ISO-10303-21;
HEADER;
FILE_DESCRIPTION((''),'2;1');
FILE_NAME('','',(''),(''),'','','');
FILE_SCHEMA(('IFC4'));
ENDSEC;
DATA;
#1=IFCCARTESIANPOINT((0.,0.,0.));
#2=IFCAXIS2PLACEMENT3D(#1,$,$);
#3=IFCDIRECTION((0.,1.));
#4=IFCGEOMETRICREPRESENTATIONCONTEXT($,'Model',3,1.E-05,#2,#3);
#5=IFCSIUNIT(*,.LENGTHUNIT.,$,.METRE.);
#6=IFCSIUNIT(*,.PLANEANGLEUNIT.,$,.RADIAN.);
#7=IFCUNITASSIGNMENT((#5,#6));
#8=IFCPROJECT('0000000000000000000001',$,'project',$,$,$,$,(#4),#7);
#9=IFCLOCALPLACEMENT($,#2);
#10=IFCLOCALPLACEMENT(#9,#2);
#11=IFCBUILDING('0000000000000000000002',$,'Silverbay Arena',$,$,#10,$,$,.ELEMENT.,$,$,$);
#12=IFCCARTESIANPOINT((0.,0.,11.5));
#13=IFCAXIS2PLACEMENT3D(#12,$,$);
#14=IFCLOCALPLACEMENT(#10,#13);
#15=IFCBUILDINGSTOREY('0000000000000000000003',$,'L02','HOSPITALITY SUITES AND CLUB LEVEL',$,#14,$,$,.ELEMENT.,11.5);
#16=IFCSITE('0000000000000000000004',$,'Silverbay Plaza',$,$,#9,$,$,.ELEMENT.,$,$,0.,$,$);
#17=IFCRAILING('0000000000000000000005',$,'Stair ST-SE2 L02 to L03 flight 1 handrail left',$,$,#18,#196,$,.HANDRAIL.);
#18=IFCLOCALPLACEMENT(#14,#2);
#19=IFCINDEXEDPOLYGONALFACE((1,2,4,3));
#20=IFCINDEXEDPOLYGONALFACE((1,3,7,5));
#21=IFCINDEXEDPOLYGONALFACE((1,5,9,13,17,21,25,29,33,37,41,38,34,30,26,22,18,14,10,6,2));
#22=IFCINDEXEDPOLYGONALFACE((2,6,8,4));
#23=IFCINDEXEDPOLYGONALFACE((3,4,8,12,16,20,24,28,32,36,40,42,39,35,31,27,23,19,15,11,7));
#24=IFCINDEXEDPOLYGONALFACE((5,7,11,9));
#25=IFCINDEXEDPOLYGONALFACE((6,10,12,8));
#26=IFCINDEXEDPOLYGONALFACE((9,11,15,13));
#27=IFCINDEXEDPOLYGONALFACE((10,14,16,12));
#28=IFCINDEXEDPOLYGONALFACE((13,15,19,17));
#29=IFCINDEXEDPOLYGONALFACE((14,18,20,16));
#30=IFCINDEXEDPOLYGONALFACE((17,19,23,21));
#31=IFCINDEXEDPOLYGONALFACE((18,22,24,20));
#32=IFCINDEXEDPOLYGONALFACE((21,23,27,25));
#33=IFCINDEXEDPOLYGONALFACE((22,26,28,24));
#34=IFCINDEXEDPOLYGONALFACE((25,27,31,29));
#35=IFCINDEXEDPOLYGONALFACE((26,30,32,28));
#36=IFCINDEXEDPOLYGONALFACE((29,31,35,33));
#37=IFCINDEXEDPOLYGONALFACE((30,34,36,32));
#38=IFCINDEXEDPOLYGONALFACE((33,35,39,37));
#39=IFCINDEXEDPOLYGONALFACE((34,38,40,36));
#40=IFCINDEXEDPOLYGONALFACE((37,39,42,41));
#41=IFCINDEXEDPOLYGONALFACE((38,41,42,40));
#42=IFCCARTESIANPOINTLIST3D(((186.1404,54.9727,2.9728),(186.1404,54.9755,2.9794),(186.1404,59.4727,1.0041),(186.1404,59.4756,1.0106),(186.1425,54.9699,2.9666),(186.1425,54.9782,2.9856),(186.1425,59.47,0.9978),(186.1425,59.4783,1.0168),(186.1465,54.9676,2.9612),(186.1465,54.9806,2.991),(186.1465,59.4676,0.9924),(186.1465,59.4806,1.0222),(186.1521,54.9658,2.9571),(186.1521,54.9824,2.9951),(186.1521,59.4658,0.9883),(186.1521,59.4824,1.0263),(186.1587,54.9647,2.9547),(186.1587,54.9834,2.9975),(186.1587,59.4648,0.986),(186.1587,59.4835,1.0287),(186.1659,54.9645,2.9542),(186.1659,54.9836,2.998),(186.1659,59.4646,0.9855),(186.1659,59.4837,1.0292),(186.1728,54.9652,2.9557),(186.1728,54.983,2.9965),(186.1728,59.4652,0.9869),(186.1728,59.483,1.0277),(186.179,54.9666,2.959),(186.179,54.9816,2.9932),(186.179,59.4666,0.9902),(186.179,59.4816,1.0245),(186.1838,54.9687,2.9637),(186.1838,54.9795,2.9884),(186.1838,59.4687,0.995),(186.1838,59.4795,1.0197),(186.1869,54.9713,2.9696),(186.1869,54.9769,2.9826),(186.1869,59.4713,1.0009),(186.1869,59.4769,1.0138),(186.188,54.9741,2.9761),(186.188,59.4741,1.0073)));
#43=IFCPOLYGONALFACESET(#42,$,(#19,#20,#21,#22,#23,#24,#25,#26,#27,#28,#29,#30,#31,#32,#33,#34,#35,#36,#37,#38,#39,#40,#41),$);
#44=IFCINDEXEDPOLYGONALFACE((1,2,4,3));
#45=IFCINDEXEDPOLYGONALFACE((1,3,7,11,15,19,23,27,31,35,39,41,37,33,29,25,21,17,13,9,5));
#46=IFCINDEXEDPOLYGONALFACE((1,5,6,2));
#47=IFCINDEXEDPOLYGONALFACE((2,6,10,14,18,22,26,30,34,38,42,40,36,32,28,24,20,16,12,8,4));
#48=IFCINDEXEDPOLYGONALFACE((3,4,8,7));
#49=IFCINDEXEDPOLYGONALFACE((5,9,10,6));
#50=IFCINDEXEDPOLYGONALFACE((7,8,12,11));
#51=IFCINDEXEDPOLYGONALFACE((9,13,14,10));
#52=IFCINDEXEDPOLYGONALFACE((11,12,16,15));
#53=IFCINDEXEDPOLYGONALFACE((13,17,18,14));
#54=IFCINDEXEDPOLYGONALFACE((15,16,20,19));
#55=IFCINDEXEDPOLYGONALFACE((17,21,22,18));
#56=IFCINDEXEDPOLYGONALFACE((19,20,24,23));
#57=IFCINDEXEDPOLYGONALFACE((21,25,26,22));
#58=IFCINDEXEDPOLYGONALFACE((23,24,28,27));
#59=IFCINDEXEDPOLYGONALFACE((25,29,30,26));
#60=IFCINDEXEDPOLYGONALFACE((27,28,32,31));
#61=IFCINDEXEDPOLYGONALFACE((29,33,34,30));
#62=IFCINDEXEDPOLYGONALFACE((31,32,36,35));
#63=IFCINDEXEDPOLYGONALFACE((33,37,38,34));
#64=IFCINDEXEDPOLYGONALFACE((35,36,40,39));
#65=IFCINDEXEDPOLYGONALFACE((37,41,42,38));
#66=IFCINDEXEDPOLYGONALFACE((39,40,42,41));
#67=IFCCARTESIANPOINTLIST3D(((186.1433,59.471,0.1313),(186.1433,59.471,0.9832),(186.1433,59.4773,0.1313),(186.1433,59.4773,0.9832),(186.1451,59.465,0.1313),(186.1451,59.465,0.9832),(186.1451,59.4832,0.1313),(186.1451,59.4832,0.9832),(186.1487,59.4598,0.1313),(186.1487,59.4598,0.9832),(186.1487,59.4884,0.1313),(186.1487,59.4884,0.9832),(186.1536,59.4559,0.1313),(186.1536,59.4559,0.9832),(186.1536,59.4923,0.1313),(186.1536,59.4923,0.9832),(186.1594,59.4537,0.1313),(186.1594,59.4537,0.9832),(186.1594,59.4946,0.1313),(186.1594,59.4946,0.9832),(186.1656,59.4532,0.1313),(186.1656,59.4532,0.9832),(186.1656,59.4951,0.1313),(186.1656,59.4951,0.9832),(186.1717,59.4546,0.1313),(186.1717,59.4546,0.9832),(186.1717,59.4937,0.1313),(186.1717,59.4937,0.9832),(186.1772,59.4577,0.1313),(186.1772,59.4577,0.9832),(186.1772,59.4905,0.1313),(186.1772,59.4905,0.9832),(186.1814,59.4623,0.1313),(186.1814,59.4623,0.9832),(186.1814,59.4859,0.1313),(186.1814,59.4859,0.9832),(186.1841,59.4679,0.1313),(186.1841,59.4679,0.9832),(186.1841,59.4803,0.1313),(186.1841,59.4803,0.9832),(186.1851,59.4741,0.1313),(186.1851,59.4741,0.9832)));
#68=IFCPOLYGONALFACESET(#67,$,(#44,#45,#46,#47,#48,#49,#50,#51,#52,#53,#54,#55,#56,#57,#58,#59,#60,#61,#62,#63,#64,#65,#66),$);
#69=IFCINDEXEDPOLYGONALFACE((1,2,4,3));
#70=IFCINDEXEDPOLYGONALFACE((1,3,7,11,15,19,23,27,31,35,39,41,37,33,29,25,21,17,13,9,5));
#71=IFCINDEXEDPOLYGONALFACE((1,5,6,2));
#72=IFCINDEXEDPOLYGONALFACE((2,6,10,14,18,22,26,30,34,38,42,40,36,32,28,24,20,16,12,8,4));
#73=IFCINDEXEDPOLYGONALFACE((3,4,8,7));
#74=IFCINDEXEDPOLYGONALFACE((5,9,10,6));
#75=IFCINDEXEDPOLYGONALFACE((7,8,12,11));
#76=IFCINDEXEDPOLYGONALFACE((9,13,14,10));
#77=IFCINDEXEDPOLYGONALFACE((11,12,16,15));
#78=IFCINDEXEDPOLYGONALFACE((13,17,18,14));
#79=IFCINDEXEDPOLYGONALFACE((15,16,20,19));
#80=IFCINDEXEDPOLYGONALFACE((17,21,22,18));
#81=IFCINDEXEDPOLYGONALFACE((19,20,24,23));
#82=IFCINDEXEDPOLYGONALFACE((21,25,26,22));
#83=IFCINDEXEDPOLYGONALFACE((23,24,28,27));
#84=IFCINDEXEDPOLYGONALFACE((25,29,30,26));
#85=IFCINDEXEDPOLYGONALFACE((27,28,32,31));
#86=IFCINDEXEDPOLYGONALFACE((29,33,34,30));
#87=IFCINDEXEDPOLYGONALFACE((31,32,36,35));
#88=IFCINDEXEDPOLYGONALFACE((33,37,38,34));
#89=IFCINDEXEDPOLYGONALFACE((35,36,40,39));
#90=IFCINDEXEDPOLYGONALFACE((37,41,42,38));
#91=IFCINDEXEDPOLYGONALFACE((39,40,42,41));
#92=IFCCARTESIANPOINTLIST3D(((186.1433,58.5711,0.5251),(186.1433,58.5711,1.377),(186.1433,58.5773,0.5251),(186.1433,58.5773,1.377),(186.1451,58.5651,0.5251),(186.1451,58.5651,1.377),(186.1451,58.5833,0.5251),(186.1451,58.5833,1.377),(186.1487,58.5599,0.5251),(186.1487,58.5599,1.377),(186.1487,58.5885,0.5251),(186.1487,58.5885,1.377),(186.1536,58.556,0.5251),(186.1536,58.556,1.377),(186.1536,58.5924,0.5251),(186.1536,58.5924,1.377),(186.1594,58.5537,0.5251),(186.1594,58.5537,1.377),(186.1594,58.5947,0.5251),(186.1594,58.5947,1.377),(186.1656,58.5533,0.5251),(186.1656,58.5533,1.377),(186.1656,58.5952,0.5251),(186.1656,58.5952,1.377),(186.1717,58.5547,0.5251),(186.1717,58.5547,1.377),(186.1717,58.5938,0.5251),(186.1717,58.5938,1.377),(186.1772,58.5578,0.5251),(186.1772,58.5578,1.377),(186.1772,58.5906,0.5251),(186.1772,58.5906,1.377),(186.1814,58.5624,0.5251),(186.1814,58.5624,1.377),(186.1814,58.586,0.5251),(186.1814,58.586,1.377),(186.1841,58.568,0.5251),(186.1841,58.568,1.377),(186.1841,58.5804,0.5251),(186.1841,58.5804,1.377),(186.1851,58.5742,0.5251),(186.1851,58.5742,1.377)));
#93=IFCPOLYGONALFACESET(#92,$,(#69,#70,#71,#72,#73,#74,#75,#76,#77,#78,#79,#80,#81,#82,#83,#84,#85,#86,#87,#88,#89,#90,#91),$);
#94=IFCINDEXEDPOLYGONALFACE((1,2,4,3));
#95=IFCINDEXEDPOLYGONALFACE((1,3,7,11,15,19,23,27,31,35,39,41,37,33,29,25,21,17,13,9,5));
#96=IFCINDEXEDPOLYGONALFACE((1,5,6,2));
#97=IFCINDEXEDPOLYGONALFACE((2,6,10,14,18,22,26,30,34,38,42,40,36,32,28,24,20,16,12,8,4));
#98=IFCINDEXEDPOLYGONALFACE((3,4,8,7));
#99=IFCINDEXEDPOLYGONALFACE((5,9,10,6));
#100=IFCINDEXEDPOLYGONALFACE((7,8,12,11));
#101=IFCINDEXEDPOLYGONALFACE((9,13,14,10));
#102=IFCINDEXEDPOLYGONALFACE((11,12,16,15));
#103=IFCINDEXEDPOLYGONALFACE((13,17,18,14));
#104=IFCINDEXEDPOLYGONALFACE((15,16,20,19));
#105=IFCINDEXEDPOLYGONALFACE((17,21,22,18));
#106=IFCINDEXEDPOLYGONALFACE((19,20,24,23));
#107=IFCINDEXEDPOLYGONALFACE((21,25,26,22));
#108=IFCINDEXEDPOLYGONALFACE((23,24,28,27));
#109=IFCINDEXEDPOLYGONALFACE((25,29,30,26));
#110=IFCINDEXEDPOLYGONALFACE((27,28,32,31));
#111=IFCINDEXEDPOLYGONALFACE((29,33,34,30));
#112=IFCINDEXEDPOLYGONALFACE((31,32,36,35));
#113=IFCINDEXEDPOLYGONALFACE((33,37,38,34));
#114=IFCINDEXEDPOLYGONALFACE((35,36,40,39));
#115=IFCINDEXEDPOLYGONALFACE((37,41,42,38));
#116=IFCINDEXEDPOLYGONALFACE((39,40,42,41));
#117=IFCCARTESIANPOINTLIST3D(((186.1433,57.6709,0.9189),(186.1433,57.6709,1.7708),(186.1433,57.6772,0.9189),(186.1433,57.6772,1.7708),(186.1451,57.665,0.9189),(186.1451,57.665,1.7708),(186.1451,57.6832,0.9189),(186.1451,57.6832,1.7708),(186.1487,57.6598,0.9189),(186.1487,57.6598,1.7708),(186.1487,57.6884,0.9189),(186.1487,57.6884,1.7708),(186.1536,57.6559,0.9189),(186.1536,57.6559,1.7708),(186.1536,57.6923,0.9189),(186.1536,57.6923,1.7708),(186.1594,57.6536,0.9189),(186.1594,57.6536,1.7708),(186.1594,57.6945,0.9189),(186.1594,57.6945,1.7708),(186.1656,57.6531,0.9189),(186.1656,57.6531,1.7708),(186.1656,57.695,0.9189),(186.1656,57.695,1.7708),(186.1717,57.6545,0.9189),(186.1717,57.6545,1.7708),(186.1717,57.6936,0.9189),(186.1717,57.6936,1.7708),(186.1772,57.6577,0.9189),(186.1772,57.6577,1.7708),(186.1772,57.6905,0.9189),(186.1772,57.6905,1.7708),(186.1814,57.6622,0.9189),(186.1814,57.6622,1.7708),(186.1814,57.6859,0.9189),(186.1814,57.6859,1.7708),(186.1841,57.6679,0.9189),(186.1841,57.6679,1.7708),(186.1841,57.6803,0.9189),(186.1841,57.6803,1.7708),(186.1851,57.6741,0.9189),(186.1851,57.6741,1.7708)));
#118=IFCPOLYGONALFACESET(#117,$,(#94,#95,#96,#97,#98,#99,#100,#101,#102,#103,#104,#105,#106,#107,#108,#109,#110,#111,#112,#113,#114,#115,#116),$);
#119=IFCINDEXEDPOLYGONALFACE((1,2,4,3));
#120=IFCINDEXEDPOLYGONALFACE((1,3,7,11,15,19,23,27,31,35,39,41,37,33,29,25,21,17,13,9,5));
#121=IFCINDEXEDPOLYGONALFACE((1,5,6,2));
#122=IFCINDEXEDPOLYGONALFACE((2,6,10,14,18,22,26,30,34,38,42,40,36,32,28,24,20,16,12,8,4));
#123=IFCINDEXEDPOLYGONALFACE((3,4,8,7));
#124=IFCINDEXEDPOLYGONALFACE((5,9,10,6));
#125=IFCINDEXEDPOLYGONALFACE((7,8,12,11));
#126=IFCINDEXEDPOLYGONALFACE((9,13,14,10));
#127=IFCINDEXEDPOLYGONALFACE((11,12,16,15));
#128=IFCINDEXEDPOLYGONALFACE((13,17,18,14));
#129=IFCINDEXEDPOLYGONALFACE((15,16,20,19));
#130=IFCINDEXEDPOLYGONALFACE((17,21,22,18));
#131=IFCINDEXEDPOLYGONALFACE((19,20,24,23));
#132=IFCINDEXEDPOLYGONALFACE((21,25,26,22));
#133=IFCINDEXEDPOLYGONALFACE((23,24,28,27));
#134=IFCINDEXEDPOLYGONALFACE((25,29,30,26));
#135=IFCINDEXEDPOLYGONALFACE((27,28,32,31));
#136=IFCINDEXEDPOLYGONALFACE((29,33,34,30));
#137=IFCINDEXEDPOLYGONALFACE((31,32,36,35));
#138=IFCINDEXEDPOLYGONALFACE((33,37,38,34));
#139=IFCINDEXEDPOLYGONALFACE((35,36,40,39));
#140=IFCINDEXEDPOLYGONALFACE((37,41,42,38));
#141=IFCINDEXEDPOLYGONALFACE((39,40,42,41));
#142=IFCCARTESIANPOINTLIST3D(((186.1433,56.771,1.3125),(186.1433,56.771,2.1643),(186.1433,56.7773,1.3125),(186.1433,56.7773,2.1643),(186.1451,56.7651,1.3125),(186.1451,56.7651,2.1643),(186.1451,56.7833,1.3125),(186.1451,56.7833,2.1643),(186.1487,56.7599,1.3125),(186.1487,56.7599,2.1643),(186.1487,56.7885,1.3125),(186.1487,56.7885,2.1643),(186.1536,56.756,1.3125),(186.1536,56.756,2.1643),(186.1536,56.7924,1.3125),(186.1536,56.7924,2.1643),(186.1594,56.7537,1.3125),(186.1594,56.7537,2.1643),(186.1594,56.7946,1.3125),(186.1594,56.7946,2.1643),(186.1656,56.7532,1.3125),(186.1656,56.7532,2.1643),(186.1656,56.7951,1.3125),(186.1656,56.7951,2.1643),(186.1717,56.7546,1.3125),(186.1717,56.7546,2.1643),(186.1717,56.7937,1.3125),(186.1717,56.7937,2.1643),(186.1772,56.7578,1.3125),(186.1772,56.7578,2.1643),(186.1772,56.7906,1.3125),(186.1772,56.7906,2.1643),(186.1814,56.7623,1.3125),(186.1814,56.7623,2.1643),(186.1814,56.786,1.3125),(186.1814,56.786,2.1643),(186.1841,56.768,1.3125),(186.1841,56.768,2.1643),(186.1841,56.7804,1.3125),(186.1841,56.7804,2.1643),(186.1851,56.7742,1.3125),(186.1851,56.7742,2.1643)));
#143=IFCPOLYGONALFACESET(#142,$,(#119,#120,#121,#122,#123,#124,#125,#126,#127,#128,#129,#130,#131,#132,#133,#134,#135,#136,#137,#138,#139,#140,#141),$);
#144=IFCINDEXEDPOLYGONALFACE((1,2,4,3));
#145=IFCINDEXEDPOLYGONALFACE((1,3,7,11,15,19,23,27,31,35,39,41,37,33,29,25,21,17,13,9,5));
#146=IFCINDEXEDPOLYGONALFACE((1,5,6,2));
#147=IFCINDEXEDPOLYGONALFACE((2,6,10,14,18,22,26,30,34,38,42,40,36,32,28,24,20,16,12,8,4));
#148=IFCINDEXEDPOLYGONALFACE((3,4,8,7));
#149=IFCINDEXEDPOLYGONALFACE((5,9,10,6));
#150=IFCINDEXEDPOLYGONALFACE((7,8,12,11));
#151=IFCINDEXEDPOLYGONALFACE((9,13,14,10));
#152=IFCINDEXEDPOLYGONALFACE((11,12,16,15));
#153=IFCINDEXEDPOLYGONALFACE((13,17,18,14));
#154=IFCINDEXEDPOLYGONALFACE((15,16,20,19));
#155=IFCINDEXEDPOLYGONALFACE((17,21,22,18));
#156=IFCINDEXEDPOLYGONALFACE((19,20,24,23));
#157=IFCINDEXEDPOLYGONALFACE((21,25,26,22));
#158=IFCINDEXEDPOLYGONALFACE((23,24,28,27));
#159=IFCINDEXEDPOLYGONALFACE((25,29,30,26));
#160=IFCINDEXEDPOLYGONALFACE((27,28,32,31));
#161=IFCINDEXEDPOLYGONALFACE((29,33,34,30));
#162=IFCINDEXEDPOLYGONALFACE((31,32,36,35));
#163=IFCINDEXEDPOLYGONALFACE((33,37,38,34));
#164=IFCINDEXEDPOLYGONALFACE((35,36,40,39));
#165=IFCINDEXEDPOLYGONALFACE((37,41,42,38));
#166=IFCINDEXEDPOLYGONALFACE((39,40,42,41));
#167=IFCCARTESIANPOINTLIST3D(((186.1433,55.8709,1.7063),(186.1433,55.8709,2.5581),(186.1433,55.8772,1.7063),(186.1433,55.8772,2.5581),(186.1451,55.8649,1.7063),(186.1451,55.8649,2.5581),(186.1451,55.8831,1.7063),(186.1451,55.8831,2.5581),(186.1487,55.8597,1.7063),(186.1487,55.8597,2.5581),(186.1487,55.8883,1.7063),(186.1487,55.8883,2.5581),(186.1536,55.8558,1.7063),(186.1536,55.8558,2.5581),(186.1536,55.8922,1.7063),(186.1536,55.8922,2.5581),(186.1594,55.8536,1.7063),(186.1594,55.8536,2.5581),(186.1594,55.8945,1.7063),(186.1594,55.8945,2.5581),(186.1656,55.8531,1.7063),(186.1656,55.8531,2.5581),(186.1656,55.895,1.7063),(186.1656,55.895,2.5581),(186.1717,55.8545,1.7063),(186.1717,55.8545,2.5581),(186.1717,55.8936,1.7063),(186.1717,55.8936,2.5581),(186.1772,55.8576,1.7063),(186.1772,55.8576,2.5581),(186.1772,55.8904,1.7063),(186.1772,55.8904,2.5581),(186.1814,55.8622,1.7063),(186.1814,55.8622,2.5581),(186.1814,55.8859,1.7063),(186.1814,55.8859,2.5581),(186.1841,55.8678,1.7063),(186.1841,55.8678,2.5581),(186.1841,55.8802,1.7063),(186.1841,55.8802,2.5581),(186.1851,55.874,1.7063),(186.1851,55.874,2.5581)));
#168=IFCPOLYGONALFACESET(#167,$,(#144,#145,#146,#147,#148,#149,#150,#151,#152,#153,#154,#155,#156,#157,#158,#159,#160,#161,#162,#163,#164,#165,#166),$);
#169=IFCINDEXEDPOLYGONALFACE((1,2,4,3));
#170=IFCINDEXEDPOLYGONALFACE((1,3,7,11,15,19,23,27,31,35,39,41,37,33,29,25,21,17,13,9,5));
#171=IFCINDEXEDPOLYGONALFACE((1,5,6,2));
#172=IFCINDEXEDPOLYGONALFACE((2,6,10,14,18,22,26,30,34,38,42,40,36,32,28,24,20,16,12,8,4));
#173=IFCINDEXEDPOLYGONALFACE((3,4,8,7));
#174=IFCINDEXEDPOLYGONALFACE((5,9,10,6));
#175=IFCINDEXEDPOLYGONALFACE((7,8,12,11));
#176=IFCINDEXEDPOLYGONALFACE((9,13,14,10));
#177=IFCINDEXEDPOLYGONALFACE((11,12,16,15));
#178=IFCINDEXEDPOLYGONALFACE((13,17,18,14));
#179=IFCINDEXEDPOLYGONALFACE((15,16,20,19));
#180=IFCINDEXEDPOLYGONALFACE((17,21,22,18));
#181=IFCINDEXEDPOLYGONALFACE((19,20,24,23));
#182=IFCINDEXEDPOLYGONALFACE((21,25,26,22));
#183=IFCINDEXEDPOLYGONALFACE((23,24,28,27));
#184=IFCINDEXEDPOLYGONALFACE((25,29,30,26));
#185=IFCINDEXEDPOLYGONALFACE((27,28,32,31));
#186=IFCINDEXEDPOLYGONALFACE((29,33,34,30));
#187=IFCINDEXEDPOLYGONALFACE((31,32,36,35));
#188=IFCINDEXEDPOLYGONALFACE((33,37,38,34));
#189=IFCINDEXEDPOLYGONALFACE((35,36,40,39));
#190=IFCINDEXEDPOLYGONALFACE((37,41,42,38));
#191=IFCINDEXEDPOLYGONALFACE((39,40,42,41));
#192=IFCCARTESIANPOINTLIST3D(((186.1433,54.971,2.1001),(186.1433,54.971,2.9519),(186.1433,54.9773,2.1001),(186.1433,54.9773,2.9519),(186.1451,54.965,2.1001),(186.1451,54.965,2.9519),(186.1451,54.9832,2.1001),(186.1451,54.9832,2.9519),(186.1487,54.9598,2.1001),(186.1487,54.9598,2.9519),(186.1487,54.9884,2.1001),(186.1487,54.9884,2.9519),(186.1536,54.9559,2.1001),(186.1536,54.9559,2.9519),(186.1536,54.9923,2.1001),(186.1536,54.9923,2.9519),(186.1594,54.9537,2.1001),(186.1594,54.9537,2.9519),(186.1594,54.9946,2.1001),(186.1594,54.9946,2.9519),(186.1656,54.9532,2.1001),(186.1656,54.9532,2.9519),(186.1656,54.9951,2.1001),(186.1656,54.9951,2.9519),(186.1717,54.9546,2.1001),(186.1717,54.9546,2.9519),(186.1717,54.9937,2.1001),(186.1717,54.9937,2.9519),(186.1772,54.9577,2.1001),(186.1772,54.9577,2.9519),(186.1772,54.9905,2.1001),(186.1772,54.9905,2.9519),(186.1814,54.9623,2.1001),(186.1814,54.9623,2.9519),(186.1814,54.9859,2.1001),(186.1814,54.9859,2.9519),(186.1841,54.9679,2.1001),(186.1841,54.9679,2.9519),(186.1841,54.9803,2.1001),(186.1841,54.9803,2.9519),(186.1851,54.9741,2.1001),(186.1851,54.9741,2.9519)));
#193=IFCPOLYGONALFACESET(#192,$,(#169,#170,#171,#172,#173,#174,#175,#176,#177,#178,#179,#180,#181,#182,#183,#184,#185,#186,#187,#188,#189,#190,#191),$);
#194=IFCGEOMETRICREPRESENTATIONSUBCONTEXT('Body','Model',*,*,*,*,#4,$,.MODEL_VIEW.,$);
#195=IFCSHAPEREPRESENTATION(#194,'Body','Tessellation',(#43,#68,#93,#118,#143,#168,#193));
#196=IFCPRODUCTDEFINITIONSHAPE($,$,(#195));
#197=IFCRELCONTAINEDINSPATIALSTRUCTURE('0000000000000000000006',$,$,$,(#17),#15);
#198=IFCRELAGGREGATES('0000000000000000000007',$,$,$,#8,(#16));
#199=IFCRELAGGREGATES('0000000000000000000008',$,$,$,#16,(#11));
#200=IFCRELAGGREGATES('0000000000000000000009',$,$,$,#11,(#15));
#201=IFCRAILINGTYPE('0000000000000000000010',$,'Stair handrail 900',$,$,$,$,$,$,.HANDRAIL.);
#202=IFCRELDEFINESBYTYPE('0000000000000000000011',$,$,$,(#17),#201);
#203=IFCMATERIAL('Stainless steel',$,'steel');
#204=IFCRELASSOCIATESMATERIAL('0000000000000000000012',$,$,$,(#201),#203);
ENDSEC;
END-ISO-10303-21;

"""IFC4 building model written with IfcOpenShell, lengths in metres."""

from ifc_helpers import new_model, si_unit, direction, frame, origin, origin_2d, place, context, subcontext, project, spatial, circle, extrude, material, type_object, element, save


model = new_model("IFC4")

# Units and contexts
model_context = context("Model", 3, precision=1e-05, world=origin(), true_north=direction((0.0, 1.0)))
body_context = subcontext(model_context, "Body", "Model", "MODEL_VIEW")
ifc_project = project(units=[si_unit("LENGTHUNIT", "METRE"), si_unit("PLANEANGLEUNIT", "RADIAN")], contexts=[model_context])

# Site, building, storey
site_placement = place(None, origin())
site = spatial("IfcSite", under=ifc_project, at=site_placement, Name="Silverbay Plaza", CompositionType="ELEMENT", RefElevation=0.0)
building_placement = place(site_placement, origin())
building = spatial("IfcBuilding", under=site, at=building_placement, Name="Silverbay Arena", CompositionType="ELEMENT")
storey_placement = place(building_placement, frame((0.0, 0.0, 11.5)))
storey = spatial("IfcBuildingStorey", under=building, at=storey_placement, Name="L02", Description="HOSPITALITY SUITES AND CLUB LEVEL", CompositionType="ELEMENT", Elevation=11.5)

# Railing
ifc_material_1 = material(Name="Stainless steel", Category="steel")
railing_type_1 = type_object("IfcRailingType", Name="Stair handrail 900", PredefinedType="HANDRAIL", material=ifc_material_1)
for number, where, name in (
    (1, (186.1641, 59.4741, 0.1313), "Stair ST-SE2 L02 to L03 flight 1 handrail left"),
):
    element("IfcRailing", number, at=place(storey_placement, frame(where)), inside=storey, type_object=railing_type_1, Name=name, PredefinedType="HANDRAIL", context=body_context, shape_type="SweptSolid", body=[
        extrude(circle(Radius=0.0239, at=origin_2d()), frame((0.0, 0.0, 0.876), z_axis=(0.0, -0.916157, 0.400819), x_axis=(1.0, 0.0, 0.0)), (0.0, 0.0, 1.0), 4.9119),
        extrude(circle(Radius=0.021, at=origin_2d()), origin(), (0.0, 0.0, 1.0), 0.8518),
        extrude(circle(Radius=0.021, at=origin_2d()), frame((0.0, -0.8999, 0.3938)), (0.0, 0.0, 1.0), 0.8518),
        extrude(circle(Radius=0.021, at=origin_2d()), frame((0.0, -1.8, 0.7876)), (0.0, 0.0, 1.0), 0.8518),
        extrude(circle(Radius=0.021, at=origin_2d()), frame((0.0, -2.7, 1.1812)), (0.0, 0.0, 1.0), 0.8518),
        extrude(circle(Radius=0.021, at=origin_2d()), frame((0.0, -3.6001, 1.575)), (0.0, 0.0, 1.0), 0.8518),
        extrude(circle(Radius=0.021, at=origin_2d()), frame((0.0, -4.5, 1.9688)), (0.0, 0.0, 1.0), 0.8518),
    ])

save(model, "model.ifc")
